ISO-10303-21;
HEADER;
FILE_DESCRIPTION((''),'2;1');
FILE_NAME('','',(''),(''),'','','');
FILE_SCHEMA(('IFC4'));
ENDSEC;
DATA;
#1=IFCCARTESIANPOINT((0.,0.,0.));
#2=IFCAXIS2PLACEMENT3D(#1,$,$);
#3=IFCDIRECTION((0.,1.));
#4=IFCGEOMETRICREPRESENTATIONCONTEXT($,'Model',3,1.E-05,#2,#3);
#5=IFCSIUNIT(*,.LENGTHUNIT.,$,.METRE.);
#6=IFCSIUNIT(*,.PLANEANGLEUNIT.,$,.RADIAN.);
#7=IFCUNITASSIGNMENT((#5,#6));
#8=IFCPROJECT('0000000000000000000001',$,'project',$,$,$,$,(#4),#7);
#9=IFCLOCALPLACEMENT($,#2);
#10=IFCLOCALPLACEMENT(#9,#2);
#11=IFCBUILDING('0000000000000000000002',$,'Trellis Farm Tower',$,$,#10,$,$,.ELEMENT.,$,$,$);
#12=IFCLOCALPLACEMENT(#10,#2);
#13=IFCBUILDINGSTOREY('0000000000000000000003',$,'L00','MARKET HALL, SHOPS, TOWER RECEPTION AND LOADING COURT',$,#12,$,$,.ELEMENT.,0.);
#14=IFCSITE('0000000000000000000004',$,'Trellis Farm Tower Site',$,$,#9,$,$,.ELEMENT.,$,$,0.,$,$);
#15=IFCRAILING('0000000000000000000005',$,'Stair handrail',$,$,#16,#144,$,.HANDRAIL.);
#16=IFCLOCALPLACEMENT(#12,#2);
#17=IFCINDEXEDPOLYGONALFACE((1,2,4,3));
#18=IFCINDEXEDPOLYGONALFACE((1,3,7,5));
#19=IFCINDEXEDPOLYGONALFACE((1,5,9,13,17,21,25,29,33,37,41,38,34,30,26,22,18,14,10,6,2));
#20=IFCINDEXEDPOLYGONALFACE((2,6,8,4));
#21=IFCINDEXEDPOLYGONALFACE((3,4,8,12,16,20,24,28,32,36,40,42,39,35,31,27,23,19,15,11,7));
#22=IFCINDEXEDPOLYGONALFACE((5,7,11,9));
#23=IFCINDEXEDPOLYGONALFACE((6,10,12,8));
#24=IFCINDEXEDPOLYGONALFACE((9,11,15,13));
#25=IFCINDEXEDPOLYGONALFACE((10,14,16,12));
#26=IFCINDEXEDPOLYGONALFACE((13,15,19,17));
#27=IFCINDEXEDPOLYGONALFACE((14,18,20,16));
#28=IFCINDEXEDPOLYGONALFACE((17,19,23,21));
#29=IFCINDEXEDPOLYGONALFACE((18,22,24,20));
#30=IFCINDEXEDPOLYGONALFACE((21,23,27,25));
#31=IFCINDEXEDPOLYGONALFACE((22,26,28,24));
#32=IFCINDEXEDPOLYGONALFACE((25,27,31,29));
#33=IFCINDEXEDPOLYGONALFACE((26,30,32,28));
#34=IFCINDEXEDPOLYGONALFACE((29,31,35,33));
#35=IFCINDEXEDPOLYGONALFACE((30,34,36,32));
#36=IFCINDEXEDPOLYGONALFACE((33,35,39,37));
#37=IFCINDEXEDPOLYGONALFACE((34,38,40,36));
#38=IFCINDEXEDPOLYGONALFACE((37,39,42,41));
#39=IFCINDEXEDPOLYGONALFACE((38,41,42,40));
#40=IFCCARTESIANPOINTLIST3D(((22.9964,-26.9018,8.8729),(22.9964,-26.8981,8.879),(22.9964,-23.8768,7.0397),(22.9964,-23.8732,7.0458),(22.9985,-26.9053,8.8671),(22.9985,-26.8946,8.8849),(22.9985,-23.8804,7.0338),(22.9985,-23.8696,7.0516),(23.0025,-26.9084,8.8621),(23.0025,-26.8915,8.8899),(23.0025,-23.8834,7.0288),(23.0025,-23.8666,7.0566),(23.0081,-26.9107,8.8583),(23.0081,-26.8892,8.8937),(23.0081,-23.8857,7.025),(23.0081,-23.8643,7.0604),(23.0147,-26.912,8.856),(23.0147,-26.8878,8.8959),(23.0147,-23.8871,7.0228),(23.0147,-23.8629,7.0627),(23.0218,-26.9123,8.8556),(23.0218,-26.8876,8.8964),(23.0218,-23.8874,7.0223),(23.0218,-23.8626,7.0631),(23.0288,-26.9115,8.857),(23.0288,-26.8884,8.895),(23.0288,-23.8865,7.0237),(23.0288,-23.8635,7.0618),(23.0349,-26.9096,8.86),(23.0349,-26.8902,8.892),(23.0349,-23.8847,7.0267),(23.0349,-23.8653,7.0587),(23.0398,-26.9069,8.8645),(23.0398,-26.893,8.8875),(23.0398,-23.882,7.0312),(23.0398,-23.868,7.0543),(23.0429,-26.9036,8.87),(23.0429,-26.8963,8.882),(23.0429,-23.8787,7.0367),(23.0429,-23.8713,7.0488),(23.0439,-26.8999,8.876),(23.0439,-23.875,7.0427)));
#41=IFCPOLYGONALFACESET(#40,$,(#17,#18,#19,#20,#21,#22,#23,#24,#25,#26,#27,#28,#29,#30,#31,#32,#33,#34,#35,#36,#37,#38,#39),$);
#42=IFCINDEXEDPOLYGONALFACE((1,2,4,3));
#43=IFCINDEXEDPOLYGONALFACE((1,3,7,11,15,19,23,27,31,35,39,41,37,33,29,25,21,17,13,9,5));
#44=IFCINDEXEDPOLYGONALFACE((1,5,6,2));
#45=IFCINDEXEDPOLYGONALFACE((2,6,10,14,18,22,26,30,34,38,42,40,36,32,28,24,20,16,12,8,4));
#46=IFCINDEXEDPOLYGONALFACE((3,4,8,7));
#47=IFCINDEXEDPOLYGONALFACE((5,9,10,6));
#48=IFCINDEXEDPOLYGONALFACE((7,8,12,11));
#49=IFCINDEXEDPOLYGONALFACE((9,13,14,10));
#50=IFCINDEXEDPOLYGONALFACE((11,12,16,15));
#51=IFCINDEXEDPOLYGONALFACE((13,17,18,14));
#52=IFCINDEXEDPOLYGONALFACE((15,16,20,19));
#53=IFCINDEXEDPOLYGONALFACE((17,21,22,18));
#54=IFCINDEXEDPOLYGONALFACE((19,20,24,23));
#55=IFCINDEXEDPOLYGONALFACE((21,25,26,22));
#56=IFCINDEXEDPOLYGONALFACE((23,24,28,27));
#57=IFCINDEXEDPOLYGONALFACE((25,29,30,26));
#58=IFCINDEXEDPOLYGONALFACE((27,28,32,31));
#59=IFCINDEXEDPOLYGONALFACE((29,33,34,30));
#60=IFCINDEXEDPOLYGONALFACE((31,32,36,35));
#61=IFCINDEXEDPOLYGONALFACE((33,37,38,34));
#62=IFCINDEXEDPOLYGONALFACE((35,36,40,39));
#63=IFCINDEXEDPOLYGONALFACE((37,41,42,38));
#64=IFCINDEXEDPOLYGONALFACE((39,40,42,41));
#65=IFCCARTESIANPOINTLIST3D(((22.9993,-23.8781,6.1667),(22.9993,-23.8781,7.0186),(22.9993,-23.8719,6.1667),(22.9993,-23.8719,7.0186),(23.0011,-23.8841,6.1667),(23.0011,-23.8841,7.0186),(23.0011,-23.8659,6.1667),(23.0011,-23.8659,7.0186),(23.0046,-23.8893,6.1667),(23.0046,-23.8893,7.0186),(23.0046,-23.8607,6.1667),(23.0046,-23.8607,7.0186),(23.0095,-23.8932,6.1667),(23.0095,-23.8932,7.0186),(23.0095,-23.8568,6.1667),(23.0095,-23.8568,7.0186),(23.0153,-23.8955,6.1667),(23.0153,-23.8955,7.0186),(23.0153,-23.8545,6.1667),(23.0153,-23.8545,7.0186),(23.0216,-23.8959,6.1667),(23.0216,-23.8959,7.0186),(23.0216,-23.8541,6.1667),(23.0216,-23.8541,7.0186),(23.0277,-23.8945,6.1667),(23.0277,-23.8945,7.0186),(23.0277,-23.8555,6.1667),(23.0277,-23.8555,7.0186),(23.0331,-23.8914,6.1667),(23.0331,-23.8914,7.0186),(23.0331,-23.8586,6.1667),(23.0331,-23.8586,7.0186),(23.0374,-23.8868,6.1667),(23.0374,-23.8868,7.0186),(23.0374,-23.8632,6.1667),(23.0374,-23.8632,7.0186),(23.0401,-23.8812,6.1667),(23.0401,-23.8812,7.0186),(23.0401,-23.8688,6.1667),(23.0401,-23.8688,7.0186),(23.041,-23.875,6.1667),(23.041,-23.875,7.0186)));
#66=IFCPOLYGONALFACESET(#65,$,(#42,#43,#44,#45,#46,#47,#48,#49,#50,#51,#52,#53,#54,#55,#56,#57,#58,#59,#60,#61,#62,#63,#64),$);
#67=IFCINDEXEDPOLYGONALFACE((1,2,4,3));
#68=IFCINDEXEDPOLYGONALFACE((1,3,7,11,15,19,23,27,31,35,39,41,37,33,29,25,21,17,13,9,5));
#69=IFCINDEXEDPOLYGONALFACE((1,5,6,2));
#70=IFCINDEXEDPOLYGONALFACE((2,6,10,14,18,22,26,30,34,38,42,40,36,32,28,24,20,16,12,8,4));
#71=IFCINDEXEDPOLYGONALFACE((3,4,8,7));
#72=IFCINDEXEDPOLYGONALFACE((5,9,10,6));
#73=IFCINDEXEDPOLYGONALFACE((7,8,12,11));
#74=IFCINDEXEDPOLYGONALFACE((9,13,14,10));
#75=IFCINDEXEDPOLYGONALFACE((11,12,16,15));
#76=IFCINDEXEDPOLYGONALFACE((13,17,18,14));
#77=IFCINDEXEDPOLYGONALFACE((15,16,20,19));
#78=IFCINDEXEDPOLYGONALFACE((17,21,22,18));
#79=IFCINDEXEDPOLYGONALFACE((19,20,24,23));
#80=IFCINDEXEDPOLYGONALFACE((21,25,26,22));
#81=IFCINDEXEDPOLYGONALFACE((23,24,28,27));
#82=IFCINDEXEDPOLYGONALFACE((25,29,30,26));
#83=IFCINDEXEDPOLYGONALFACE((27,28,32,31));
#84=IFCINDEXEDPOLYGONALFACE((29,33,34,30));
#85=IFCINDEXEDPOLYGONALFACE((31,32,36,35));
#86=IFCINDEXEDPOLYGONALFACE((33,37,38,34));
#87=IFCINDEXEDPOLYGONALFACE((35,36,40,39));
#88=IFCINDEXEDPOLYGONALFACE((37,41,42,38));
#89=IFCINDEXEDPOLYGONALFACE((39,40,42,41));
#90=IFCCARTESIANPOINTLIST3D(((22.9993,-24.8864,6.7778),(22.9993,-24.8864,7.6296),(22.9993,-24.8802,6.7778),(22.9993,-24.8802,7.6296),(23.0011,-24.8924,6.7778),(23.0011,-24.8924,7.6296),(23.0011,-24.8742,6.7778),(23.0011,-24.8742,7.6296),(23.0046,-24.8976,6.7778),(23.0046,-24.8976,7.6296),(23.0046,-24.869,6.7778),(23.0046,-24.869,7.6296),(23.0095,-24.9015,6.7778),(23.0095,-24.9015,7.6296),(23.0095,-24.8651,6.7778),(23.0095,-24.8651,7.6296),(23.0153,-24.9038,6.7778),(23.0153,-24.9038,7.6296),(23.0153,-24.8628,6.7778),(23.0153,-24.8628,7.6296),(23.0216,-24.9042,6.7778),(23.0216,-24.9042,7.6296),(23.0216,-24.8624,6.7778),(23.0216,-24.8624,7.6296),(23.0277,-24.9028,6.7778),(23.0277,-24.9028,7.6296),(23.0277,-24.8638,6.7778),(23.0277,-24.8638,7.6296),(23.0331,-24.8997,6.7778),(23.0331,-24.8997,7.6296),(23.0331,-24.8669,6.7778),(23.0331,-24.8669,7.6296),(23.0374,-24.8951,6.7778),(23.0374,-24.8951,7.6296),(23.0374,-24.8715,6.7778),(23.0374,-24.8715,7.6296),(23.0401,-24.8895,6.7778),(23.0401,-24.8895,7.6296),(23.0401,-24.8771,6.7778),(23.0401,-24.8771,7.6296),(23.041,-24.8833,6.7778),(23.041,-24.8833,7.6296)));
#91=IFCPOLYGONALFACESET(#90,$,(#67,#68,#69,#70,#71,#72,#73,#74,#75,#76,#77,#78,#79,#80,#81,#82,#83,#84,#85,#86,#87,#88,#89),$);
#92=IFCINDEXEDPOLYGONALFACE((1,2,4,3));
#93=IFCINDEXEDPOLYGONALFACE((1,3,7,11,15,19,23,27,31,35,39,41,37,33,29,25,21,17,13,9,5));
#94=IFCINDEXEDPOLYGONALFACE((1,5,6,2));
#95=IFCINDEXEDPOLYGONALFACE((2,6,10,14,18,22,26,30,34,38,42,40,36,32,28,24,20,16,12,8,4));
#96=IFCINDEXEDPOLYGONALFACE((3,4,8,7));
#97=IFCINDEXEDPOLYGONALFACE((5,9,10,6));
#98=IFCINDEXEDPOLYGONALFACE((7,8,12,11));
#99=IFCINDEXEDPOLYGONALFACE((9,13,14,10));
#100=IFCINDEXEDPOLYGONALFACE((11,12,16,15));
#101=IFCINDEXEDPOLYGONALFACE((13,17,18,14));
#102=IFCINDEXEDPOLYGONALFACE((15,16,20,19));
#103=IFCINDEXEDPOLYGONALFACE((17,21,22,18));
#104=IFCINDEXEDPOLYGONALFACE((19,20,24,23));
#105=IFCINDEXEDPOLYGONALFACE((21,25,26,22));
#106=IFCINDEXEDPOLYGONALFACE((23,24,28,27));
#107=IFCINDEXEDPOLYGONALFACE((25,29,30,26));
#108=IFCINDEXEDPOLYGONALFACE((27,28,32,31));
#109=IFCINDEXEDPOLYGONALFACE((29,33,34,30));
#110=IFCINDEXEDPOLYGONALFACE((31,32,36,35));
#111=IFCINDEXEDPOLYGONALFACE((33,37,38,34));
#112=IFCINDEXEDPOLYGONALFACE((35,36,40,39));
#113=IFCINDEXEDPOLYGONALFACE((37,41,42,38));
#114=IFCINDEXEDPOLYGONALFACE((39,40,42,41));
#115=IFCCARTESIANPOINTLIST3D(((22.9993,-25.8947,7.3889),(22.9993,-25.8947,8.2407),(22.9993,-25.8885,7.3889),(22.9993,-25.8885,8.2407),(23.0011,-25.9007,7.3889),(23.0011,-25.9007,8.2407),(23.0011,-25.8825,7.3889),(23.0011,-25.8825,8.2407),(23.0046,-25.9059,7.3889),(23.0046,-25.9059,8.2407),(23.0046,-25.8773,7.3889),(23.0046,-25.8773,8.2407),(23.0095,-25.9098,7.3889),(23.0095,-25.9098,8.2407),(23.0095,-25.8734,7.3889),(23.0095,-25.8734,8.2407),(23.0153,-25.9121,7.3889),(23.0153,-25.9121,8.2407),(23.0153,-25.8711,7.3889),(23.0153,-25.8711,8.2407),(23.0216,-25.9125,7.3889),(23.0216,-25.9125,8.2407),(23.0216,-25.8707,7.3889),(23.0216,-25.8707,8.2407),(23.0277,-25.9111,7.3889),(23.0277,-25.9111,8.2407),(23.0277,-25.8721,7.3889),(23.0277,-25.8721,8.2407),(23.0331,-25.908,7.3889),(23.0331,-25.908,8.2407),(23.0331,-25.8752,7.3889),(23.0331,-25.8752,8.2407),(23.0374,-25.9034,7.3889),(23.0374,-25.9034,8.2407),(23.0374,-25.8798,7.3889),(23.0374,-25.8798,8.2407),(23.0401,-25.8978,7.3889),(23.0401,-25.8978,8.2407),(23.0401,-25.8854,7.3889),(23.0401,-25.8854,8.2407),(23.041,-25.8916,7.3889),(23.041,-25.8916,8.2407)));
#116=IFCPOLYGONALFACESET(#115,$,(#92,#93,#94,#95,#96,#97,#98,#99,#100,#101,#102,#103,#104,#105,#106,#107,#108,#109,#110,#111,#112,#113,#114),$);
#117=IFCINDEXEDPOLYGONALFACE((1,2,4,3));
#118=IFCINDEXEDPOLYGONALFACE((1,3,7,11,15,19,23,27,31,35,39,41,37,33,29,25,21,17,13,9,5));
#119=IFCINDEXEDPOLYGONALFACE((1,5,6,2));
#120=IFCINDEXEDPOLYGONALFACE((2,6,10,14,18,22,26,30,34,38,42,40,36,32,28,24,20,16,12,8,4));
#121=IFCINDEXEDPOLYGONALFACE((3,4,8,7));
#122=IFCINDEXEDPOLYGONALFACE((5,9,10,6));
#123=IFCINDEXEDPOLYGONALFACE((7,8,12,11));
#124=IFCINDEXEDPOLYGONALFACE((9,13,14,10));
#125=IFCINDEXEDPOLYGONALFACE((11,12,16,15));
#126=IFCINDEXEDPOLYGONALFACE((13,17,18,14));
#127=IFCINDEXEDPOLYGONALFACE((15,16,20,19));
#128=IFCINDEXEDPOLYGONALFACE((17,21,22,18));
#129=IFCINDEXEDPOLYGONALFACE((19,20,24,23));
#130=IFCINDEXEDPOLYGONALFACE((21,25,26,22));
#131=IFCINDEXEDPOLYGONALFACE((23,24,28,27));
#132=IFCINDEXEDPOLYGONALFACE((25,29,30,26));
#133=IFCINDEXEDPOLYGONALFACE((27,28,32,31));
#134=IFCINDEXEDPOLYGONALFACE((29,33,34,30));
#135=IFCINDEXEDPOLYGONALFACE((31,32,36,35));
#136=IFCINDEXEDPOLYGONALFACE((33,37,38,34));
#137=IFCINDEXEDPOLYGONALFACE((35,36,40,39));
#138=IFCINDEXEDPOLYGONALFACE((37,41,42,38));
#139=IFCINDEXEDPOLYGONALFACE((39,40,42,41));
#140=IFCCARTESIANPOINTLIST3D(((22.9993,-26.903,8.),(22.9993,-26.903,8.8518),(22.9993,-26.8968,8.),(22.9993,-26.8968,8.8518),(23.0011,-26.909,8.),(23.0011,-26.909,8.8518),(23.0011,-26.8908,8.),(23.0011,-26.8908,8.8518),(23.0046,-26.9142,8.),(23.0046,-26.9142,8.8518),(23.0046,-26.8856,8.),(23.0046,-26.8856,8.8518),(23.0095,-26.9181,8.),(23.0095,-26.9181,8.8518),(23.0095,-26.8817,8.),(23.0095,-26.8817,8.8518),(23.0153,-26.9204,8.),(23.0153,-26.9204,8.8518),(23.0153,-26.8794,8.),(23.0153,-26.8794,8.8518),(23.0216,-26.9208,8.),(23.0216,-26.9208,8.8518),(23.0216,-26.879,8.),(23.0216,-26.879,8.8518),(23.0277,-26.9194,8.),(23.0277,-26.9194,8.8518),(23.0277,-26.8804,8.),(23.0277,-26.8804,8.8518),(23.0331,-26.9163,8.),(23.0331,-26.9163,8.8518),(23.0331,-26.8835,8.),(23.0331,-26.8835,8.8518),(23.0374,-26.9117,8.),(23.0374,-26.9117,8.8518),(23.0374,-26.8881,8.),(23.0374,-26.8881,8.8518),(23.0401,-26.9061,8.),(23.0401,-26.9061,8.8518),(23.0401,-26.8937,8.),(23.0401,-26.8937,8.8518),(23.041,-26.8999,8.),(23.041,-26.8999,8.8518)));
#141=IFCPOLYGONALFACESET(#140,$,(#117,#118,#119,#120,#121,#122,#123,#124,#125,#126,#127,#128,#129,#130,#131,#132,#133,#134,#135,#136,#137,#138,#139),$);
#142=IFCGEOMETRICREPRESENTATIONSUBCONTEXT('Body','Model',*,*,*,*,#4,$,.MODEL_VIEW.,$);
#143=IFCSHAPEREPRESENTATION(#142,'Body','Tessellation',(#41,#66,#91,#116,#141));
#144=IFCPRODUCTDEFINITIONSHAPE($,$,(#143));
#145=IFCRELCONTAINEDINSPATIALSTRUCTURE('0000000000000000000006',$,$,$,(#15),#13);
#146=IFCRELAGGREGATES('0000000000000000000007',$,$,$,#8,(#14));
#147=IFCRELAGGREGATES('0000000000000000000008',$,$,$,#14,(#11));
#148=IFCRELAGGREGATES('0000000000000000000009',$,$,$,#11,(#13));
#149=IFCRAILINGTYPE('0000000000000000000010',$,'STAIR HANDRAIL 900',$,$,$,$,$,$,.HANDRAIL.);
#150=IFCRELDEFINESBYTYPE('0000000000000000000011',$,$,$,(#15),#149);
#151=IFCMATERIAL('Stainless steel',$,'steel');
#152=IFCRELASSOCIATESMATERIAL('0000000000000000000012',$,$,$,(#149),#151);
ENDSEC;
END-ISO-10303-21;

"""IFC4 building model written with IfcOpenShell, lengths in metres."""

from ifc_helpers import new_model, si_unit, direction, frame, origin, origin_2d, place, context, subcontext, project, spatial, circle, extrude, source, transform, mapped, material, type_object, element, save


model = new_model("IFC4")

# Units and contexts
model_context = context("Model", 3, precision=1e-05, world=origin(), true_north=direction((0.0, 1.0)))
body_context = subcontext(model_context, "Body", "Model", "MODEL_VIEW")
ifc_project = project(units=[si_unit("LENGTHUNIT", "METRE"), si_unit("PLANEANGLEUNIT", "RADIAN")], contexts=[model_context])

# Site, building, storey
site_placement = place(None, origin())
site = spatial("IfcSite", under=ifc_project, at=site_placement, Name="Trellis Farm Tower Site", CompositionType="ELEMENT", RefElevation=0.0)
building_placement = place(site_placement, origin())
building = spatial("IfcBuilding", under=site, at=building_placement, Name="Trellis Farm Tower", CompositionType="ELEMENT")
storey_placement = place(building_placement, origin())
storey = spatial("IfcBuildingStorey", under=building, at=storey_placement, Name="L00", Description="MARKET HALL, SHOPS, TOWER RECEPTION AND LOADING COURT", CompositionType="ELEMENT", Elevation=0.0)

# Railing
ifc_material_1 = material(Name="Stainless steel", Category="steel")
railing_type = type_object("IfcRailingType", Name="STAIR HANDRAIL 900", PredefinedType="HANDRAIL", material=ifc_material_1)
shared_shape_1 = source(origin(), body_context, "Body", "SweptSolid", [
    extrude(circle(Radius=0.0239, at=origin_2d()), frame((0.0, 0.0, 0.876), z_axis=(0.0, -0.855201, 0.518297), x_axis=(1.0, 0.0, 0.0)), (0.0, 0.0, 1.0), 3.5371),
    extrude(circle(Radius=0.021, at=origin_2d()), origin(), (0.0, 0.0, 1.0), 0.8518),
    extrude(circle(Radius=0.021, at=origin_2d()), frame((0.0, -1.0083, 0.6111)), (0.0, 0.0, 1.0), 0.8518),
    extrude(circle(Radius=0.021, at=origin_2d()), frame((0.0, -2.0166, 1.2222)), (0.0, 0.0, 1.0), 0.8518),
    extrude(circle(Radius=0.021, at=origin_2d()), frame((0.0, -3.0249, 1.8333)), (0.0, 0.0, 1.0), 0.8518),
])
for number, where, name in (
    (1, (23.02, -23.875, 6.1667), "Stair handrail"),
):
    element("IfcRailing", number, at=place(storey_placement, frame(where)), inside=storey, type_object=railing_type, Name=name, PredefinedType="HANDRAIL", context=body_context, shape_type="MappedRepresentation", body=[
        mapped(shared_shape_1, transform((0.0, 0.0, 0.0))),
    ])

save(model, "model.ifc")
